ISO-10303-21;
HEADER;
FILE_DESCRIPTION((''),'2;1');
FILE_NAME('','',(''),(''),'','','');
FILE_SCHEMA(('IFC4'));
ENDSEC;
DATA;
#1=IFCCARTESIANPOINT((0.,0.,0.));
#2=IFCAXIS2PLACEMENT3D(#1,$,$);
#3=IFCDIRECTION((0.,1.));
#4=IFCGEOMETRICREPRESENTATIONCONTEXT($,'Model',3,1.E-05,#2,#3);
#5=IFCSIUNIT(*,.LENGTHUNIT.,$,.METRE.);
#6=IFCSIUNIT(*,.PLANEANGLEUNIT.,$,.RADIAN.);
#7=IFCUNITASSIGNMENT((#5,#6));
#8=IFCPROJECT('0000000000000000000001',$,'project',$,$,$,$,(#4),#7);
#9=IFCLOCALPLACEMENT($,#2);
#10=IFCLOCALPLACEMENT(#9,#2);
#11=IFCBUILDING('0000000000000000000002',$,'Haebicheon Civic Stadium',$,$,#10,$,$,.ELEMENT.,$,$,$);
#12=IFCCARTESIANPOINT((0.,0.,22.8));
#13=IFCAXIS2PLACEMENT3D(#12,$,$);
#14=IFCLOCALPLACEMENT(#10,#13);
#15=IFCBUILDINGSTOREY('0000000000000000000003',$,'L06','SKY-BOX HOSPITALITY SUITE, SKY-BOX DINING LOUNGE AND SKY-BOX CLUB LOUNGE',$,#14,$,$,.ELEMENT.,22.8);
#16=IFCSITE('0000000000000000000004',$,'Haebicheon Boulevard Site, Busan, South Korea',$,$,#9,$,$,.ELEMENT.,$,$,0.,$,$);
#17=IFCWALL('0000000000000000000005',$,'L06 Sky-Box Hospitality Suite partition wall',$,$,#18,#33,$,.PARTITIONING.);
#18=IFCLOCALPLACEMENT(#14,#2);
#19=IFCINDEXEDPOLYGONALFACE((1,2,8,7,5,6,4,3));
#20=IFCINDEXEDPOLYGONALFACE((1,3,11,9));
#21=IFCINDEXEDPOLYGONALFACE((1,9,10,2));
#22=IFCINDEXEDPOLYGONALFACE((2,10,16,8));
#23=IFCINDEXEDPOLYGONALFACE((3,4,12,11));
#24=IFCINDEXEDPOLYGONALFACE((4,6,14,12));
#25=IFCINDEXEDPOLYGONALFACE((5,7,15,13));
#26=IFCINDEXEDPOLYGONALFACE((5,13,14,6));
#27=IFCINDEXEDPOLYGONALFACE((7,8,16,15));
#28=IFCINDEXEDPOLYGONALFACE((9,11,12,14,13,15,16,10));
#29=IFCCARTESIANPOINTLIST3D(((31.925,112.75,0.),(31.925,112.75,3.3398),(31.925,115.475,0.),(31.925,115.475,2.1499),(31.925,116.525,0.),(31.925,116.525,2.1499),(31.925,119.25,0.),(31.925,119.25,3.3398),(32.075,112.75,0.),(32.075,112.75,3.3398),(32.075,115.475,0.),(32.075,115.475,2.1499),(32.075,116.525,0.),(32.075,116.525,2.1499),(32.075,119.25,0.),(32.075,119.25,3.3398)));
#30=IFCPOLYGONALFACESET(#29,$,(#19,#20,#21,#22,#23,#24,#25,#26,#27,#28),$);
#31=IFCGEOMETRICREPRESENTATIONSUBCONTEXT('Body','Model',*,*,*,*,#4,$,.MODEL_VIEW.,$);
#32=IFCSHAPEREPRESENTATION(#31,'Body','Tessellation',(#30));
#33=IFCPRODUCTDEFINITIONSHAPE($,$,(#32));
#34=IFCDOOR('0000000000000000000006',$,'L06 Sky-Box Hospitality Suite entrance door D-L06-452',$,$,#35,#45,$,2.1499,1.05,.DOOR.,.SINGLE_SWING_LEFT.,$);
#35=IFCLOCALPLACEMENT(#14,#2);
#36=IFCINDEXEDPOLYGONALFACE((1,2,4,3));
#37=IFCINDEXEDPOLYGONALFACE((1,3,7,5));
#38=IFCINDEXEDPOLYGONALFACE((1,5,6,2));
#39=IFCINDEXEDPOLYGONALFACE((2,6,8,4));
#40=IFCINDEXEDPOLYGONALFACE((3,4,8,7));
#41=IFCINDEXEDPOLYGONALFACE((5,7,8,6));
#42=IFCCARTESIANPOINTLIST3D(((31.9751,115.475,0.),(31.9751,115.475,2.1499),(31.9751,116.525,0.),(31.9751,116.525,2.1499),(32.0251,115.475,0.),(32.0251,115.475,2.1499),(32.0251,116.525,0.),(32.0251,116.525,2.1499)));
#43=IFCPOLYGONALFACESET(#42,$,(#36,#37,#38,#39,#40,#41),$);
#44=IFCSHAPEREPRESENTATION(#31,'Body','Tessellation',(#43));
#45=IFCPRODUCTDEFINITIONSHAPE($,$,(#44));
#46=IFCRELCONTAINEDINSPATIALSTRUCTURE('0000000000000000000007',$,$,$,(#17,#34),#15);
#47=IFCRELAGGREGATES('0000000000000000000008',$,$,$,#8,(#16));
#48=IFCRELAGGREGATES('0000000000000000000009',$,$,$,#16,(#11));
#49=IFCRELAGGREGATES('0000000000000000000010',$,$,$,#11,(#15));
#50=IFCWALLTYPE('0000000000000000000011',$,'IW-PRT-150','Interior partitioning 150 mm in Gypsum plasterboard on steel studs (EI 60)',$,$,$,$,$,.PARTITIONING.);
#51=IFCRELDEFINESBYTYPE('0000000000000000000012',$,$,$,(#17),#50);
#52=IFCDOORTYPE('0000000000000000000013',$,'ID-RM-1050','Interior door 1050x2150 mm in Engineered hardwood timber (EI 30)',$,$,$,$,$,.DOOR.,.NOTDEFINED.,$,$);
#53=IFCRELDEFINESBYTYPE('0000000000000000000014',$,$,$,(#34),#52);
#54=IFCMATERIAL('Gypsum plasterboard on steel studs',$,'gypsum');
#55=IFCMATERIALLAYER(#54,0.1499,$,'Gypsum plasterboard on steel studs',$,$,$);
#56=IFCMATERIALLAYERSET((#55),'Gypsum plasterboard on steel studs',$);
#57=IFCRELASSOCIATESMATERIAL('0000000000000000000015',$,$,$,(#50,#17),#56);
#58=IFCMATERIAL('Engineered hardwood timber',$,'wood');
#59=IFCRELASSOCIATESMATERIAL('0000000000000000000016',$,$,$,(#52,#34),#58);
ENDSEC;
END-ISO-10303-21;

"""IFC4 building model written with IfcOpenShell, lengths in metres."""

from ifc_helpers import new_model, si_unit, direction, frame, frame_2d, origin, place, context, subcontext, project, spatial, rectangle, extrude, material, layer, layer_set, type_object, element, fill, save


model = new_model("IFC4")

# Units and contexts
model_context = context("Model", 3, precision=1e-05, world=origin(), true_north=direction((0.0, 1.0)))
body_context = subcontext(model_context, "Body", "Model", "MODEL_VIEW")
ifc_project = project(units=[si_unit("LENGTHUNIT", "METRE"), si_unit("PLANEANGLEUNIT", "RADIAN")], contexts=[model_context])

# Site, building, storey
site_placement = place(None, origin())
site = spatial("IfcSite", under=ifc_project, at=site_placement, Name="Haebicheon Boulevard Site, Busan, South Korea", CompositionType="ELEMENT", RefElevation=0.0)
building_placement = place(site_placement, origin())
building = spatial("IfcBuilding", under=site, at=building_placement, Name="Haebicheon Civic Stadium", CompositionType="ELEMENT")
storey_placement = place(building_placement, frame((0.0, 0.0, 22.8)))
storey = spatial("IfcBuildingStorey", under=building, at=storey_placement, Name="L06", Description="SKY-BOX HOSPITALITY SUITE, SKY-BOX DINING LOUNGE AND SKY-BOX CLUB LOUNGE", CompositionType="ELEMENT", Elevation=22.8)

# Wall, opening, door
ifc_material_1 = material(Name="Gypsum plasterboard on steel studs", Category="gypsum")
ifc_layer_1 = layer(ifc_material_1, 0.1499, Name="Gypsum plasterboard on steel studs")
ifc_layer_set_1 = layer_set([ifc_layer_1], Name="Gypsum plasterboard on steel studs")
wall_type_1 = type_object("IfcWallType", Name="IW-PRT-150", Description="Interior partitioning 150 mm in Gypsum plasterboard on steel studs (EI 60)", PredefinedType="PARTITIONING", material=ifc_layer_set_1)
wall_1_placement = place(storey_placement, frame((32.0, 112.75, 0.0), z_axis=(0.0, 0.0, 1.0), x_axis=(0.0, 1.0, 0.0)))
wall_1 = element("IfcWall", 1, at=wall_1_placement, inside=storey, type_object=wall_type_1, material=ifc_layer_set_1, Name="L06 Sky-Box Hospitality Suite partition wall", PredefinedType="PARTITIONING", context=body_context, shape_type="SweptSolid", body=[
    extrude(rectangle(XDim=6.5, YDim=0.1499, at=frame_2d((3.25, 0.0))), origin(), (0.0, 0.0, 1.0), 3.3398),
])
opening_1_placement = place(wall_1_placement, frame((2.7251, 0.0, 0.0)))
opening_1 = element("IfcOpeningElement", 2, at=opening_1_placement, cuts=wall_1, PredefinedType="OPENING", context=body_context, shape_type="SweptSolid", body=[
    extrude(rectangle(XDim=1.05, YDim=2.1499, at=frame_2d((0.5249, 1.075))), frame((0.0, 0.085, 0.0), z_axis=(0.0, -1.0, 0.0), x_axis=(1.0, 0.0, 0.0)), (0.0, 0.0, 1.0), 0.1699),
])
ifc_material_2 = material(Name="Engineered hardwood timber", Category="wood")
door_type_1 = type_object("IfcDoorType", Name="ID-RM-1050", Description="Interior door 1050x2150 mm in Engineered hardwood timber (EI 30)", OperationType="NOTDEFINED", PredefinedType="DOOR", material=ifc_material_2)
door_1_placement = place(opening_1_placement, origin())
door_1 = element("IfcDoor", 3, at=door_1_placement, inside=storey, type_object=door_type_1, material=ifc_material_2, Name="L06 Sky-Box Hospitality Suite entrance door D-L06-452", OperationType="SINGLE_SWING_LEFT", OverallHeight=2.1499, OverallWidth=1.05, PredefinedType="DOOR", context=body_context, shape_type="SweptSolid", body=[
    extrude(rectangle(XDim=1.05, YDim=2.1499, at=frame_2d((0.5249, 1.075))), frame((0.0, 0.0249, 0.0), z_axis=(0.0, -1.0, 0.0), x_axis=(1.0, 0.0, 0.0)), (0.0, 0.0, 1.0), 0.05),
])
fill(opening_1, door_1)

save(model, "model.ifc")
